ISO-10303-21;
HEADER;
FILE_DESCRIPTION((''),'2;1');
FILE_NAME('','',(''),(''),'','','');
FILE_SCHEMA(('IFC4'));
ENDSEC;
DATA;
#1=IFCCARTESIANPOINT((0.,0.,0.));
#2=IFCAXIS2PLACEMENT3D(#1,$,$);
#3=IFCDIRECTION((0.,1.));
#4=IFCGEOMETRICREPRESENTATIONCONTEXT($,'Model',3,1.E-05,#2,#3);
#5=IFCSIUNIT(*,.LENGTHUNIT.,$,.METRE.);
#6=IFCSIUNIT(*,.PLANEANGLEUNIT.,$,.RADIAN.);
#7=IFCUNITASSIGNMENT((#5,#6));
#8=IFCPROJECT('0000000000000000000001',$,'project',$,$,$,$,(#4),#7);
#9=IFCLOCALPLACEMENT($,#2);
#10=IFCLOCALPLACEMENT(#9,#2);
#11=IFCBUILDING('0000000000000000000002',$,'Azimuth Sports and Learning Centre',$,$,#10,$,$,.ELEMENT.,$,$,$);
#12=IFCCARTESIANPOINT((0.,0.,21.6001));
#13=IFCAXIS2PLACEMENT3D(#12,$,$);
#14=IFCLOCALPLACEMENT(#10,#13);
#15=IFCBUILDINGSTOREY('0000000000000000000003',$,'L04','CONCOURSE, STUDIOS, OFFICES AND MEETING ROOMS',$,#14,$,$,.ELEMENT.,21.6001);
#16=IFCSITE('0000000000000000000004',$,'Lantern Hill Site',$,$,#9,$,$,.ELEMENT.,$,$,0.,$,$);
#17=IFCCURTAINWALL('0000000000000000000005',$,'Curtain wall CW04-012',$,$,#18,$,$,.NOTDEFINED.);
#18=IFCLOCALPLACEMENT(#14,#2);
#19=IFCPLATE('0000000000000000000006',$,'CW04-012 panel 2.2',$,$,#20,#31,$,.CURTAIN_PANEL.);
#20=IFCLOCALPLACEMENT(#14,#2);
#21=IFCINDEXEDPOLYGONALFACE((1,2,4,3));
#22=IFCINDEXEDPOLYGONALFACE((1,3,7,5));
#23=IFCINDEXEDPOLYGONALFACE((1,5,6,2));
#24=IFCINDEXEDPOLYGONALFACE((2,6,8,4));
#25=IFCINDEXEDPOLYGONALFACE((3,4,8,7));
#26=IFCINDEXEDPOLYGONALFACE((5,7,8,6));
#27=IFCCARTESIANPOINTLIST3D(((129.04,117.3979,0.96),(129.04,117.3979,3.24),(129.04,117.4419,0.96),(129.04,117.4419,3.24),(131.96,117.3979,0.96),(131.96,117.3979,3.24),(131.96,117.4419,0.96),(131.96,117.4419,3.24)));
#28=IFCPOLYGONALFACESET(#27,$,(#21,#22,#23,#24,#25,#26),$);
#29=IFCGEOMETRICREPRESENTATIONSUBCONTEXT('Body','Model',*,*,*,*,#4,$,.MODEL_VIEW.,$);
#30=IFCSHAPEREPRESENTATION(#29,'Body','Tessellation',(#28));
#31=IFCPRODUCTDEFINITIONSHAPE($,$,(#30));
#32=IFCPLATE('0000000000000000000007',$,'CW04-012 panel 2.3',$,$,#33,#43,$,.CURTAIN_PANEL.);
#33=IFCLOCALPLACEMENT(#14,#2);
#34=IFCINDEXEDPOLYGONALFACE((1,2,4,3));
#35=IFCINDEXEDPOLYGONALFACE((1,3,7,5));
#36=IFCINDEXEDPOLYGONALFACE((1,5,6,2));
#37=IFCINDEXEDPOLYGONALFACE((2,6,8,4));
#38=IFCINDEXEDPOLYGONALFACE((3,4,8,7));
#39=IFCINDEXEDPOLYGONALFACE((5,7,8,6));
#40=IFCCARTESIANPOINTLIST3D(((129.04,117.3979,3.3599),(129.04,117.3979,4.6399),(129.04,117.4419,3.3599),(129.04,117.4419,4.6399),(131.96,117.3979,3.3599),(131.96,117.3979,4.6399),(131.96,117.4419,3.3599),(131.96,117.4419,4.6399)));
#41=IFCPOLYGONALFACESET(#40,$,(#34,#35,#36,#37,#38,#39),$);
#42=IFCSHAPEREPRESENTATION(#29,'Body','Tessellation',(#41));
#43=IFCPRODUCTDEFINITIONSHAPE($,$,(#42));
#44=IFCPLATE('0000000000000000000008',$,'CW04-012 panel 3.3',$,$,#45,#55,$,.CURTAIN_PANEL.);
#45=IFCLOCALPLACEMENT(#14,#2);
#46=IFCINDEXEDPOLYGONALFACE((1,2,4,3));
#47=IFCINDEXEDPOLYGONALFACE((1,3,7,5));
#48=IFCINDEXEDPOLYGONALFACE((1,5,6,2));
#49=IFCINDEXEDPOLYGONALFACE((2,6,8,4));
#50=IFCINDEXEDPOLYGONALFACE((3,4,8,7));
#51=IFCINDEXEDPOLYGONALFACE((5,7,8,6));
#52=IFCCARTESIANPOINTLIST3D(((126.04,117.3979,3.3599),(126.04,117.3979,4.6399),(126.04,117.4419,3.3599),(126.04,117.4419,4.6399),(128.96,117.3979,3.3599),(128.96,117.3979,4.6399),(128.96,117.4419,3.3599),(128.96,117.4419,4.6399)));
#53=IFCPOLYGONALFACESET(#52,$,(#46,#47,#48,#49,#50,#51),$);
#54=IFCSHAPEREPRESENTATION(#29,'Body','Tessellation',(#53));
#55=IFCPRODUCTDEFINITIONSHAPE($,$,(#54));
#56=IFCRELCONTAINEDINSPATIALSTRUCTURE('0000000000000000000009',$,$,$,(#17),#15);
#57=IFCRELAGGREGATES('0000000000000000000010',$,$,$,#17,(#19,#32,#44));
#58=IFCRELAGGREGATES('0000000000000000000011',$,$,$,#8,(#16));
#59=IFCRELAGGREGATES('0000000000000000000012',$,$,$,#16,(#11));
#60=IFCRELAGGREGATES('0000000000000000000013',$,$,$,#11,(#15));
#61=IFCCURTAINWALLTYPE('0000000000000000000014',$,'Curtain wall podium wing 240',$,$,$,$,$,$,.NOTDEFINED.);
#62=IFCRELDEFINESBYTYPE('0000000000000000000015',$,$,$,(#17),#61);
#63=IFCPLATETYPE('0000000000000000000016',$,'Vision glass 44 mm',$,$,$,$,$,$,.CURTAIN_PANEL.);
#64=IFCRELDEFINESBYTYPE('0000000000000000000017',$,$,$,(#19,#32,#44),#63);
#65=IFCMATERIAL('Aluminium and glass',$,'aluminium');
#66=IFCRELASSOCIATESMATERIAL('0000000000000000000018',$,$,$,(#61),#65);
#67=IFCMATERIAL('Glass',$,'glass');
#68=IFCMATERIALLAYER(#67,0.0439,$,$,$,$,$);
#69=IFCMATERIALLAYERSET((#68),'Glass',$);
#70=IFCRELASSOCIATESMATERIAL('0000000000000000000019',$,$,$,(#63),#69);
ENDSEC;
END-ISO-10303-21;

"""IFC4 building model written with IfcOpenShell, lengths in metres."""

from ifc_helpers import new_model, si_unit, direction, frame, origin, origin_2d, place, context, subcontext, project, spatial, rectangle, extrude, material, layer, layer_set, type_object, element, aggregate, save


model = new_model("IFC4")

# Units and contexts
model_context = context("Model", 3, precision=1e-05, world=origin(), true_north=direction((0.0, 1.0)))
body_context = subcontext(model_context, "Body", "Model", "MODEL_VIEW")
ifc_project = project(units=[si_unit("LENGTHUNIT", "METRE"), si_unit("PLANEANGLEUNIT", "RADIAN")], contexts=[model_context])

# Site, building, storey
site_placement = place(None, origin())
site = spatial("IfcSite", under=ifc_project, at=site_placement, Name="Lantern Hill Site", CompositionType="ELEMENT", RefElevation=0.0)
building_placement = place(site_placement, origin())
building = spatial("IfcBuilding", under=site, at=building_placement, Name="Azimuth Sports and Learning Centre", CompositionType="ELEMENT")
storey_placement = place(building_placement, frame((0.0, 0.0, 21.6001)))
storey = spatial("IfcBuildingStorey", under=building, at=storey_placement, Name="L04", Description="CONCOURSE, STUDIOS, OFFICES AND MEETING ROOMS", CompositionType="ELEMENT", Elevation=21.6001)

# Curtain wall, plates
ifc_material_1 = material(Name="Aluminium and glass", Category="aluminium")
curtain_wall_type = type_object("IfcCurtainWallType", Name="Curtain wall podium wing 240", PredefinedType="NOTDEFINED", material=ifc_material_1)
curtain_wall_placement = place(storey_placement, origin())
curtain_wall = element("IfcCurtainWall", 1, at=curtain_wall_placement, inside=storey, type_object=curtain_wall_type, Name="Curtain wall CW04-012", PredefinedType="NOTDEFINED")
ifc_material_2 = material(Name="Glass", Category="glass")
ifc_layer_1 = layer(ifc_material_2, 0.0439)
ifc_layer_set_1 = layer_set([ifc_layer_1], Name="Glass")
plate_type_1 = type_object("IfcPlateType", Name="Vision glass 44 mm", PredefinedType="CURTAIN_PANEL", material=ifc_layer_set_1)
plate_1_placement = place(storey_placement, frame((130.5, 117.4199, 0.96), z_axis=(0.0, 0.0, 1.0), x_axis=(-1.0, 0.0, 0.0)))
plate_1 = element("IfcPlate", 2, at=plate_1_placement, type_object=plate_type_1, Name="CW04-012 panel 2.2", PredefinedType="CURTAIN_PANEL", context=body_context, shape_type="SweptSolid", body=[
    extrude(rectangle(XDim=2.9199, YDim=0.0439, at=origin_2d()), origin(), (0.0, 0.0, 1.0), 2.28),
])
plate_2_placement = place(storey_placement, frame((130.5, 117.4199, 3.3599), z_axis=(0.0, 0.0, 1.0), x_axis=(-1.0, 0.0, 0.0)))
plate_2 = element("IfcPlate", 3, at=plate_2_placement, type_object=plate_type_1, Name="CW04-012 panel 2.3", PredefinedType="CURTAIN_PANEL", context=body_context, shape_type="SweptSolid", body=[
    extrude(rectangle(XDim=2.9199, YDim=0.0439, at=origin_2d()), origin(), (0.0, 0.0, 1.0), 1.28),
])
plate_3_placement = place(storey_placement, frame((127.5, 117.4199, 3.3599), z_axis=(0.0, 0.0, 1.0), x_axis=(-1.0, 0.0, 0.0)))
plate_3 = element("IfcPlate", 4, at=plate_3_placement, type_object=plate_type_1, Name="CW04-012 panel 3.3", PredefinedType="CURTAIN_PANEL", context=body_context, shape_type="SweptSolid", body=[
    extrude(rectangle(XDim=2.9199, YDim=0.0439, at=origin_2d()), origin(), (0.0, 0.0, 1.0), 1.28),
])
aggregate(curtain_wall, [plate_1, plate_2, plate_3])

save(model, "model.ifc")
